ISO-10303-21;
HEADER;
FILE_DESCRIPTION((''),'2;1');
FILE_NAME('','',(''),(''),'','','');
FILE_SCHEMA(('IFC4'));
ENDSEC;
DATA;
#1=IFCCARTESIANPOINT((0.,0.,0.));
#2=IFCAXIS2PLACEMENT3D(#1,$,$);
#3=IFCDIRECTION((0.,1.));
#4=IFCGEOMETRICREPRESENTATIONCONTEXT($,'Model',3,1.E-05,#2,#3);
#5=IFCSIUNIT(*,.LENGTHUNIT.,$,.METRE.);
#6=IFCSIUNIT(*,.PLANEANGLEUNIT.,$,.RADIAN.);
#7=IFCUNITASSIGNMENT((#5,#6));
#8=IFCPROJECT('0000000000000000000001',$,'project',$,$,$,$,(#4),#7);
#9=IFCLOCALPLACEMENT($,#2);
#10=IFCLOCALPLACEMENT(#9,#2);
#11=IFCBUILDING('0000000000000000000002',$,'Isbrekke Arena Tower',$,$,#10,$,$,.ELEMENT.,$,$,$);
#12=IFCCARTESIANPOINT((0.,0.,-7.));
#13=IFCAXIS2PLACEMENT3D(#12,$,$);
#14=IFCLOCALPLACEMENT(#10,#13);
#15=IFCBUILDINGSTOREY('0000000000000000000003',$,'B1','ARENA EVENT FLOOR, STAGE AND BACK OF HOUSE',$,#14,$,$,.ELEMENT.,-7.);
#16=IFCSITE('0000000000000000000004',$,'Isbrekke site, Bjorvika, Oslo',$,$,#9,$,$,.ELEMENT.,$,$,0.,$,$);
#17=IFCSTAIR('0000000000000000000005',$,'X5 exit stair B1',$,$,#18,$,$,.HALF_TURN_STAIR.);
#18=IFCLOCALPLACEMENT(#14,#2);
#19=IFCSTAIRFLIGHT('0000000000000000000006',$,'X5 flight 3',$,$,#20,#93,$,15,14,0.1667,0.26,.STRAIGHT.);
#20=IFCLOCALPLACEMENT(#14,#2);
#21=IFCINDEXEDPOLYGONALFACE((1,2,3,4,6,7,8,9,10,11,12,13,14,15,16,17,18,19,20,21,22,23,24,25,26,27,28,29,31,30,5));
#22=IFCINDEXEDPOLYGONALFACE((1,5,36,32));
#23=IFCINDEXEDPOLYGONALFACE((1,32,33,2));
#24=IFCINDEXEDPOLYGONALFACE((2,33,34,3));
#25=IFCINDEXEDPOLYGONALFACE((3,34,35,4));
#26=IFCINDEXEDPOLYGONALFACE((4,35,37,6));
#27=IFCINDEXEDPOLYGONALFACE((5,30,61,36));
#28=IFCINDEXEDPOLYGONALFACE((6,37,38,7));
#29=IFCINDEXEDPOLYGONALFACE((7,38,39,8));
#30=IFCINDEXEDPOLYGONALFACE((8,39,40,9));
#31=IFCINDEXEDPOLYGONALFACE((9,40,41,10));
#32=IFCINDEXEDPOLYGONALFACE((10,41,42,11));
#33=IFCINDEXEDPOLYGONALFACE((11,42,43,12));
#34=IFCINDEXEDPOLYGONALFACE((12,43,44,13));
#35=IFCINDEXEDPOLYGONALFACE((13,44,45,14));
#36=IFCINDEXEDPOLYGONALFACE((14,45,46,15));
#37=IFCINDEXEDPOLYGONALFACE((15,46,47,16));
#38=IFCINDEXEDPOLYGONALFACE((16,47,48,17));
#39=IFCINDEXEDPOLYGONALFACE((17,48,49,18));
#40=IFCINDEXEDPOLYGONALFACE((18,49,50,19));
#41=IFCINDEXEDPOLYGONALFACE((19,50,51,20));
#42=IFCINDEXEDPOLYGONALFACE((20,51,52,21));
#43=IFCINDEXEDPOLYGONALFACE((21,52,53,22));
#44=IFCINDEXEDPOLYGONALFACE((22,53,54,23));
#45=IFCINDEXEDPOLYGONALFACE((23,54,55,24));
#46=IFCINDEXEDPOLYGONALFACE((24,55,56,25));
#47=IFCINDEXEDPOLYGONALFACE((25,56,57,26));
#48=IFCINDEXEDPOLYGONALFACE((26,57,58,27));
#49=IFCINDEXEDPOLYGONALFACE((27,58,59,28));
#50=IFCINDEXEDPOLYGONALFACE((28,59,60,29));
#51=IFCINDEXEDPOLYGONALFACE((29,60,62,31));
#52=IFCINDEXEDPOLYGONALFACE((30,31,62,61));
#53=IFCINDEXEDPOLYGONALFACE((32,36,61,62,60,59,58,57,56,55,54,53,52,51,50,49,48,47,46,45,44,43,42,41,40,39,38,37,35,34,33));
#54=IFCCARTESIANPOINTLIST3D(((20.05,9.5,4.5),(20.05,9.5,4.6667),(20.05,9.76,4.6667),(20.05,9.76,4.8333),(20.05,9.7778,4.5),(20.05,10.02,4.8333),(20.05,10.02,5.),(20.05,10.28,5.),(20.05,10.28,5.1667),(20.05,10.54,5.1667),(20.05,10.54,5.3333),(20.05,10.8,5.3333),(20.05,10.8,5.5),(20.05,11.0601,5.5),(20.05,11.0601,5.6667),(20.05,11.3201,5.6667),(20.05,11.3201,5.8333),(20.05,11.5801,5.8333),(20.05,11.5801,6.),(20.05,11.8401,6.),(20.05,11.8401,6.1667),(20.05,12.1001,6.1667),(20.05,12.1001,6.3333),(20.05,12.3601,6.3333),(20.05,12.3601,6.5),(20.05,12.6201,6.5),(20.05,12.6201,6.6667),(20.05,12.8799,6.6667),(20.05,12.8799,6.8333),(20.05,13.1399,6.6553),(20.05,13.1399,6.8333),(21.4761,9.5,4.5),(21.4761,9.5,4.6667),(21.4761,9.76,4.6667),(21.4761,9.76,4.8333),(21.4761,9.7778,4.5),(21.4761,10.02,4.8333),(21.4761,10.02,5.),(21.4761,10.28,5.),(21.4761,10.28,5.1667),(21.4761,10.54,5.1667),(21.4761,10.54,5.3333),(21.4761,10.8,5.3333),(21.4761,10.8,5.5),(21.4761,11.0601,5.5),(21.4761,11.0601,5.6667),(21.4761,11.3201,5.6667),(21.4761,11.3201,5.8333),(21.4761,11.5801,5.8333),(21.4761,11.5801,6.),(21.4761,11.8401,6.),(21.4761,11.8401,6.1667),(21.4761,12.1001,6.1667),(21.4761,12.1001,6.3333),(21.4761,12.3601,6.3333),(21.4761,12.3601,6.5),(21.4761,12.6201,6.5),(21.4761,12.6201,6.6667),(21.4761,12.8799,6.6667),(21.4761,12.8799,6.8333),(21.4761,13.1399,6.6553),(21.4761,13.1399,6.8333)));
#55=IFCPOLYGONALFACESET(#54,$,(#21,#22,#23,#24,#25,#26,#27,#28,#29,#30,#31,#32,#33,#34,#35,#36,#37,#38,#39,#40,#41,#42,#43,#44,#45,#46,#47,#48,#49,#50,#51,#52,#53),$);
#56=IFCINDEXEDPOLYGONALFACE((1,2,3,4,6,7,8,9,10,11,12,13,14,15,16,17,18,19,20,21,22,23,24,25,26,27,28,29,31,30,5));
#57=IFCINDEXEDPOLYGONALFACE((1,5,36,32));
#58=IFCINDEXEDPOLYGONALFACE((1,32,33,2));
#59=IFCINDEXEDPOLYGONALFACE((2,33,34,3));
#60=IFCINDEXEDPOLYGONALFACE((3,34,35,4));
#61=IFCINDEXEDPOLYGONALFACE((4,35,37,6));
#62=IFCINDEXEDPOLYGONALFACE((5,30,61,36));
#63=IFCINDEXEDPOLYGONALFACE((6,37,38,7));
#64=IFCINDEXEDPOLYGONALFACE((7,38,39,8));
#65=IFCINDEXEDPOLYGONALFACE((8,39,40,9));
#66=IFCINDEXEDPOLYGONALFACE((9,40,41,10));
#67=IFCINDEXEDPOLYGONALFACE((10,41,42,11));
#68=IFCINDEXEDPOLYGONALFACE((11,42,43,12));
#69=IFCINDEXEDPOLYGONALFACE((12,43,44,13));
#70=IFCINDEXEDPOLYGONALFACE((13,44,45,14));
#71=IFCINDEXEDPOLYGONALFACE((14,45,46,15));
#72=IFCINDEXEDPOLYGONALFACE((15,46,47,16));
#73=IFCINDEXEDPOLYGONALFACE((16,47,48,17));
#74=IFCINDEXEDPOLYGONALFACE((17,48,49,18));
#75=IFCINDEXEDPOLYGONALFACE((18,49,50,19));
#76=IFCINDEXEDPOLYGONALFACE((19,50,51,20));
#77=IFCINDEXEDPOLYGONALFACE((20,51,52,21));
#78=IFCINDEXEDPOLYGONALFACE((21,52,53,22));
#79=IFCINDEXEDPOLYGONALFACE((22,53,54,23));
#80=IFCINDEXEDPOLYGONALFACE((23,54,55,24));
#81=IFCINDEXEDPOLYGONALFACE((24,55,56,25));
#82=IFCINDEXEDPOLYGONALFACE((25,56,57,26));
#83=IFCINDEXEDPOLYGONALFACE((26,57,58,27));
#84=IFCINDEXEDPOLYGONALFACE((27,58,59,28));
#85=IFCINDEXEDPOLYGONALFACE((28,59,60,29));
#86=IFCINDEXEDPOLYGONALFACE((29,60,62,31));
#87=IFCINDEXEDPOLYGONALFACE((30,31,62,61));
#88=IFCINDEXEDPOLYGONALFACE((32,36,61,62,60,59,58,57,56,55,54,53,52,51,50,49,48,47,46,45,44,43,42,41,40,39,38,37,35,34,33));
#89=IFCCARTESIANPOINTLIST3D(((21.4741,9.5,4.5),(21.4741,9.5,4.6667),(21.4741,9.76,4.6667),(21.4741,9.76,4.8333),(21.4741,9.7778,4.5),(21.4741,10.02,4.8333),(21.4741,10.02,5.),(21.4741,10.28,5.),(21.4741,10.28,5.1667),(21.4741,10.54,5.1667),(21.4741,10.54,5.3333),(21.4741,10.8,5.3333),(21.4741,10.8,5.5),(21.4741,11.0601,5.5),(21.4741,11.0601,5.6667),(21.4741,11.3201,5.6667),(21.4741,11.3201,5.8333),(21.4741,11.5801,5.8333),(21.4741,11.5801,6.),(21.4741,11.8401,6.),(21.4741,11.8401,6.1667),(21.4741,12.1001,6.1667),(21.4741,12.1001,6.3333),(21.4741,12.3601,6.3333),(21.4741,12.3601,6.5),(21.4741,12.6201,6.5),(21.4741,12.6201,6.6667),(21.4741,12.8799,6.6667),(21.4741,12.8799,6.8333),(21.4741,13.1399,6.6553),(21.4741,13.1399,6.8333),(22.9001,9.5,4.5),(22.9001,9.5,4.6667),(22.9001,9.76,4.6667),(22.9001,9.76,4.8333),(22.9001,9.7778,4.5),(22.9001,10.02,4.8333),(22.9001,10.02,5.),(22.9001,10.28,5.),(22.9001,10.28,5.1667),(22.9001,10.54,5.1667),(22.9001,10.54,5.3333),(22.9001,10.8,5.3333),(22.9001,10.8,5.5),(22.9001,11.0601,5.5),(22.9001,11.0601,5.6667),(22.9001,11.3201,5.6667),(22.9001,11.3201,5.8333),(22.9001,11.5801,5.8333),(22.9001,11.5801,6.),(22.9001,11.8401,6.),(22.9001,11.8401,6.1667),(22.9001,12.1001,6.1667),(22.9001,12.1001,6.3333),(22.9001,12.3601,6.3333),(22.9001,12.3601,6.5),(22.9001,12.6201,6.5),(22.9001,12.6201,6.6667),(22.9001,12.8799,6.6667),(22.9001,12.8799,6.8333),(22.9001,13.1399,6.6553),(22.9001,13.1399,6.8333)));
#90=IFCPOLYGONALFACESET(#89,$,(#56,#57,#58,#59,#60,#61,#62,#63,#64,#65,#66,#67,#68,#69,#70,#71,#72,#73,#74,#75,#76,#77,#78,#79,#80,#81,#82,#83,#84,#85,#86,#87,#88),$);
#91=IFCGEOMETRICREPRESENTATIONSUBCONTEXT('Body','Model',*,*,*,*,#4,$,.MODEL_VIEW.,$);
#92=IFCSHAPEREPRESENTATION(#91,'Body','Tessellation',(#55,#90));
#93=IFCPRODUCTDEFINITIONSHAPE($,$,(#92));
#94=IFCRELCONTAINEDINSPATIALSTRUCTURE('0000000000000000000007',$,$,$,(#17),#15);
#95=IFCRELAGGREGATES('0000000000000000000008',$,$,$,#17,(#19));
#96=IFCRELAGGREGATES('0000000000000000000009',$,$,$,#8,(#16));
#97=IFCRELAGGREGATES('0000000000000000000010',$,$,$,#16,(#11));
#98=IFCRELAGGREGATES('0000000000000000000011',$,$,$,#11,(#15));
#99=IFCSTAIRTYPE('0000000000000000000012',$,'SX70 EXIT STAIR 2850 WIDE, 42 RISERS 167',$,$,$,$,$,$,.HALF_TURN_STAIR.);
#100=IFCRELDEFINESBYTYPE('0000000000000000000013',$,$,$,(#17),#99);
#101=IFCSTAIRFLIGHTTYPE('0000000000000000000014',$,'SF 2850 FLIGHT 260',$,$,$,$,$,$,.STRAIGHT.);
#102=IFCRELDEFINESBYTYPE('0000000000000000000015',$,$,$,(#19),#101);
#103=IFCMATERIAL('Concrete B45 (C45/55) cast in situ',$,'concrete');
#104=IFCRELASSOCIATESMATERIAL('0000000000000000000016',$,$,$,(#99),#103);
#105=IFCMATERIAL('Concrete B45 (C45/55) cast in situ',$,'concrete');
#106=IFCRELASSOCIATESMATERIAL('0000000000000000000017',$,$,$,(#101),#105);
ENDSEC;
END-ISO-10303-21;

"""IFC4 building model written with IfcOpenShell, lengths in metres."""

from ifc_helpers import new_model, si_unit, direction, frame, origin, place, context, subcontext, project, spatial, polyline, outline, extrude, material, type_object, element, aggregate, save


model = new_model("IFC4")

# Units and contexts
model_context = context("Model", 3, precision=1e-05, world=origin(), true_north=direction((0.0, 1.0)))
body_context = subcontext(model_context, "Body", "Model", "MODEL_VIEW")
ifc_project = project(units=[si_unit("LENGTHUNIT", "METRE"), si_unit("PLANEANGLEUNIT", "RADIAN")], contexts=[model_context])

# Site, building, storey
site_placement = place(None, origin())
site = spatial("IfcSite", under=ifc_project, at=site_placement, Name="Isbrekke site, Bjorvika, Oslo", CompositionType="ELEMENT", RefElevation=0.0)
building_placement = place(site_placement, origin())
building = spatial("IfcBuilding", under=site, at=building_placement, Name="Isbrekke Arena Tower", CompositionType="ELEMENT")
storey_placement = place(building_placement, frame((0.0, 0.0, -7.0)))
storey = spatial("IfcBuildingStorey", under=building, at=storey_placement, Name="B1", Description="ARENA EVENT FLOOR, STAGE AND BACK OF HOUSE", CompositionType="ELEMENT", Elevation=-7.0)

# Stair, stair flight
ifc_material_1 = material(Name="Concrete B45 (C45/55) cast in situ", Category="concrete")
stair_type = type_object("IfcStairType", Name="SX70 EXIT STAIR 2850 WIDE, 42 RISERS 167", PredefinedType="HALF_TURN_STAIR", material=ifc_material_1)
stair_placement = place(storey_placement, origin())
stair = element("IfcStair", 1, at=stair_placement, inside=storey, type_object=stair_type, Name="X5 exit stair B1", PredefinedType="HALF_TURN_STAIR")
ifc_material_2 = material(Name="Concrete B45 (C45/55) cast in situ", Category="concrete")
stair_flight_type = type_object("IfcStairFlightType", Name="SF 2850 FLIGHT 260", PredefinedType="STRAIGHT", material=ifc_material_2)
stair_flight_1_placement = place(storey_placement, frame((21.4751, 9.5, 4.5), z_axis=(0.0, 0.0, 1.0), x_axis=(0.0, 1.0, 0.0)))
stair_flight_1 = element("IfcStairFlight", 2, at=stair_flight_1_placement, type_object=stair_flight_type, Name="X5 flight 3", NumberOfRisers=15, NumberOfTreads=14, PredefinedType="STRAIGHT", RiserHeight=0.1667, TreadLength=0.26, context=body_context, shape_type="SweptSolid", body=[
    extrude(outline(polyline([(0.0, 0.0), (0.0, 0.1667), (0.26, 0.1667), (0.26, 0.3333), (0.52, 0.3333), (0.52, 0.5), (0.78, 0.5), (0.78, 0.6667), (1.04, 0.6667), (1.04, 0.8333), (1.3, 0.8333), (1.3, 1.0), (1.5601, 1.0), (1.5601, 1.1667), (1.8201, 1.1667), (1.8201, 1.3333), (2.0801, 1.3333), (2.0801, 1.5), (2.3401, 1.5), (2.3401, 1.6667), (2.6001, 1.6667), (2.6001, 1.8333), (2.8601, 1.8333), (2.8601, 2.0), (3.1201, 2.0), (3.1201, 2.1667), (3.3799, 2.1667), (3.3799, 2.3333), (3.6399, 2.3333), (3.6399, 2.5), (3.6399, 2.1553), (0.2778, 0.0), (0.0, 0.0)])), frame((0.0, 1.425, 0.0), z_axis=(0.0, -1.0, 0.0), x_axis=(1.0, 0.0, 0.0)), (0.0, 0.0, 1.0), 1.426),
    extrude(outline(polyline([(0.0, 0.0), (0.0, 0.1667), (0.26, 0.1667), (0.26, 0.3333), (0.52, 0.3333), (0.52, 0.5), (0.78, 0.5), (0.78, 0.6667), (1.04, 0.6667), (1.04, 0.8333), (1.3, 0.8333), (1.3, 1.0), (1.5601, 1.0), (1.5601, 1.1667), (1.8201, 1.1667), (1.8201, 1.3333), (2.0801, 1.3333), (2.0801, 1.5), (2.3401, 1.5), (2.3401, 1.6667), (2.6001, 1.6667), (2.6001, 1.8333), (2.8601, 1.8333), (2.8601, 2.0), (3.1201, 2.0), (3.1201, 2.1667), (3.3799, 2.1667), (3.3799, 2.3333), (3.6399, 2.3333), (3.6399, 2.5), (3.6399, 2.1553), (0.2778, 0.0), (0.0, 0.0)])), frame((0.0, 0.001, 0.0), z_axis=(0.0, -1.0, 0.0), x_axis=(1.0, 0.0, 0.0)), (0.0, 0.0, 1.0), 1.426),
])
aggregate(stair, [stair_flight_1])

save(model, "model.ifc")
